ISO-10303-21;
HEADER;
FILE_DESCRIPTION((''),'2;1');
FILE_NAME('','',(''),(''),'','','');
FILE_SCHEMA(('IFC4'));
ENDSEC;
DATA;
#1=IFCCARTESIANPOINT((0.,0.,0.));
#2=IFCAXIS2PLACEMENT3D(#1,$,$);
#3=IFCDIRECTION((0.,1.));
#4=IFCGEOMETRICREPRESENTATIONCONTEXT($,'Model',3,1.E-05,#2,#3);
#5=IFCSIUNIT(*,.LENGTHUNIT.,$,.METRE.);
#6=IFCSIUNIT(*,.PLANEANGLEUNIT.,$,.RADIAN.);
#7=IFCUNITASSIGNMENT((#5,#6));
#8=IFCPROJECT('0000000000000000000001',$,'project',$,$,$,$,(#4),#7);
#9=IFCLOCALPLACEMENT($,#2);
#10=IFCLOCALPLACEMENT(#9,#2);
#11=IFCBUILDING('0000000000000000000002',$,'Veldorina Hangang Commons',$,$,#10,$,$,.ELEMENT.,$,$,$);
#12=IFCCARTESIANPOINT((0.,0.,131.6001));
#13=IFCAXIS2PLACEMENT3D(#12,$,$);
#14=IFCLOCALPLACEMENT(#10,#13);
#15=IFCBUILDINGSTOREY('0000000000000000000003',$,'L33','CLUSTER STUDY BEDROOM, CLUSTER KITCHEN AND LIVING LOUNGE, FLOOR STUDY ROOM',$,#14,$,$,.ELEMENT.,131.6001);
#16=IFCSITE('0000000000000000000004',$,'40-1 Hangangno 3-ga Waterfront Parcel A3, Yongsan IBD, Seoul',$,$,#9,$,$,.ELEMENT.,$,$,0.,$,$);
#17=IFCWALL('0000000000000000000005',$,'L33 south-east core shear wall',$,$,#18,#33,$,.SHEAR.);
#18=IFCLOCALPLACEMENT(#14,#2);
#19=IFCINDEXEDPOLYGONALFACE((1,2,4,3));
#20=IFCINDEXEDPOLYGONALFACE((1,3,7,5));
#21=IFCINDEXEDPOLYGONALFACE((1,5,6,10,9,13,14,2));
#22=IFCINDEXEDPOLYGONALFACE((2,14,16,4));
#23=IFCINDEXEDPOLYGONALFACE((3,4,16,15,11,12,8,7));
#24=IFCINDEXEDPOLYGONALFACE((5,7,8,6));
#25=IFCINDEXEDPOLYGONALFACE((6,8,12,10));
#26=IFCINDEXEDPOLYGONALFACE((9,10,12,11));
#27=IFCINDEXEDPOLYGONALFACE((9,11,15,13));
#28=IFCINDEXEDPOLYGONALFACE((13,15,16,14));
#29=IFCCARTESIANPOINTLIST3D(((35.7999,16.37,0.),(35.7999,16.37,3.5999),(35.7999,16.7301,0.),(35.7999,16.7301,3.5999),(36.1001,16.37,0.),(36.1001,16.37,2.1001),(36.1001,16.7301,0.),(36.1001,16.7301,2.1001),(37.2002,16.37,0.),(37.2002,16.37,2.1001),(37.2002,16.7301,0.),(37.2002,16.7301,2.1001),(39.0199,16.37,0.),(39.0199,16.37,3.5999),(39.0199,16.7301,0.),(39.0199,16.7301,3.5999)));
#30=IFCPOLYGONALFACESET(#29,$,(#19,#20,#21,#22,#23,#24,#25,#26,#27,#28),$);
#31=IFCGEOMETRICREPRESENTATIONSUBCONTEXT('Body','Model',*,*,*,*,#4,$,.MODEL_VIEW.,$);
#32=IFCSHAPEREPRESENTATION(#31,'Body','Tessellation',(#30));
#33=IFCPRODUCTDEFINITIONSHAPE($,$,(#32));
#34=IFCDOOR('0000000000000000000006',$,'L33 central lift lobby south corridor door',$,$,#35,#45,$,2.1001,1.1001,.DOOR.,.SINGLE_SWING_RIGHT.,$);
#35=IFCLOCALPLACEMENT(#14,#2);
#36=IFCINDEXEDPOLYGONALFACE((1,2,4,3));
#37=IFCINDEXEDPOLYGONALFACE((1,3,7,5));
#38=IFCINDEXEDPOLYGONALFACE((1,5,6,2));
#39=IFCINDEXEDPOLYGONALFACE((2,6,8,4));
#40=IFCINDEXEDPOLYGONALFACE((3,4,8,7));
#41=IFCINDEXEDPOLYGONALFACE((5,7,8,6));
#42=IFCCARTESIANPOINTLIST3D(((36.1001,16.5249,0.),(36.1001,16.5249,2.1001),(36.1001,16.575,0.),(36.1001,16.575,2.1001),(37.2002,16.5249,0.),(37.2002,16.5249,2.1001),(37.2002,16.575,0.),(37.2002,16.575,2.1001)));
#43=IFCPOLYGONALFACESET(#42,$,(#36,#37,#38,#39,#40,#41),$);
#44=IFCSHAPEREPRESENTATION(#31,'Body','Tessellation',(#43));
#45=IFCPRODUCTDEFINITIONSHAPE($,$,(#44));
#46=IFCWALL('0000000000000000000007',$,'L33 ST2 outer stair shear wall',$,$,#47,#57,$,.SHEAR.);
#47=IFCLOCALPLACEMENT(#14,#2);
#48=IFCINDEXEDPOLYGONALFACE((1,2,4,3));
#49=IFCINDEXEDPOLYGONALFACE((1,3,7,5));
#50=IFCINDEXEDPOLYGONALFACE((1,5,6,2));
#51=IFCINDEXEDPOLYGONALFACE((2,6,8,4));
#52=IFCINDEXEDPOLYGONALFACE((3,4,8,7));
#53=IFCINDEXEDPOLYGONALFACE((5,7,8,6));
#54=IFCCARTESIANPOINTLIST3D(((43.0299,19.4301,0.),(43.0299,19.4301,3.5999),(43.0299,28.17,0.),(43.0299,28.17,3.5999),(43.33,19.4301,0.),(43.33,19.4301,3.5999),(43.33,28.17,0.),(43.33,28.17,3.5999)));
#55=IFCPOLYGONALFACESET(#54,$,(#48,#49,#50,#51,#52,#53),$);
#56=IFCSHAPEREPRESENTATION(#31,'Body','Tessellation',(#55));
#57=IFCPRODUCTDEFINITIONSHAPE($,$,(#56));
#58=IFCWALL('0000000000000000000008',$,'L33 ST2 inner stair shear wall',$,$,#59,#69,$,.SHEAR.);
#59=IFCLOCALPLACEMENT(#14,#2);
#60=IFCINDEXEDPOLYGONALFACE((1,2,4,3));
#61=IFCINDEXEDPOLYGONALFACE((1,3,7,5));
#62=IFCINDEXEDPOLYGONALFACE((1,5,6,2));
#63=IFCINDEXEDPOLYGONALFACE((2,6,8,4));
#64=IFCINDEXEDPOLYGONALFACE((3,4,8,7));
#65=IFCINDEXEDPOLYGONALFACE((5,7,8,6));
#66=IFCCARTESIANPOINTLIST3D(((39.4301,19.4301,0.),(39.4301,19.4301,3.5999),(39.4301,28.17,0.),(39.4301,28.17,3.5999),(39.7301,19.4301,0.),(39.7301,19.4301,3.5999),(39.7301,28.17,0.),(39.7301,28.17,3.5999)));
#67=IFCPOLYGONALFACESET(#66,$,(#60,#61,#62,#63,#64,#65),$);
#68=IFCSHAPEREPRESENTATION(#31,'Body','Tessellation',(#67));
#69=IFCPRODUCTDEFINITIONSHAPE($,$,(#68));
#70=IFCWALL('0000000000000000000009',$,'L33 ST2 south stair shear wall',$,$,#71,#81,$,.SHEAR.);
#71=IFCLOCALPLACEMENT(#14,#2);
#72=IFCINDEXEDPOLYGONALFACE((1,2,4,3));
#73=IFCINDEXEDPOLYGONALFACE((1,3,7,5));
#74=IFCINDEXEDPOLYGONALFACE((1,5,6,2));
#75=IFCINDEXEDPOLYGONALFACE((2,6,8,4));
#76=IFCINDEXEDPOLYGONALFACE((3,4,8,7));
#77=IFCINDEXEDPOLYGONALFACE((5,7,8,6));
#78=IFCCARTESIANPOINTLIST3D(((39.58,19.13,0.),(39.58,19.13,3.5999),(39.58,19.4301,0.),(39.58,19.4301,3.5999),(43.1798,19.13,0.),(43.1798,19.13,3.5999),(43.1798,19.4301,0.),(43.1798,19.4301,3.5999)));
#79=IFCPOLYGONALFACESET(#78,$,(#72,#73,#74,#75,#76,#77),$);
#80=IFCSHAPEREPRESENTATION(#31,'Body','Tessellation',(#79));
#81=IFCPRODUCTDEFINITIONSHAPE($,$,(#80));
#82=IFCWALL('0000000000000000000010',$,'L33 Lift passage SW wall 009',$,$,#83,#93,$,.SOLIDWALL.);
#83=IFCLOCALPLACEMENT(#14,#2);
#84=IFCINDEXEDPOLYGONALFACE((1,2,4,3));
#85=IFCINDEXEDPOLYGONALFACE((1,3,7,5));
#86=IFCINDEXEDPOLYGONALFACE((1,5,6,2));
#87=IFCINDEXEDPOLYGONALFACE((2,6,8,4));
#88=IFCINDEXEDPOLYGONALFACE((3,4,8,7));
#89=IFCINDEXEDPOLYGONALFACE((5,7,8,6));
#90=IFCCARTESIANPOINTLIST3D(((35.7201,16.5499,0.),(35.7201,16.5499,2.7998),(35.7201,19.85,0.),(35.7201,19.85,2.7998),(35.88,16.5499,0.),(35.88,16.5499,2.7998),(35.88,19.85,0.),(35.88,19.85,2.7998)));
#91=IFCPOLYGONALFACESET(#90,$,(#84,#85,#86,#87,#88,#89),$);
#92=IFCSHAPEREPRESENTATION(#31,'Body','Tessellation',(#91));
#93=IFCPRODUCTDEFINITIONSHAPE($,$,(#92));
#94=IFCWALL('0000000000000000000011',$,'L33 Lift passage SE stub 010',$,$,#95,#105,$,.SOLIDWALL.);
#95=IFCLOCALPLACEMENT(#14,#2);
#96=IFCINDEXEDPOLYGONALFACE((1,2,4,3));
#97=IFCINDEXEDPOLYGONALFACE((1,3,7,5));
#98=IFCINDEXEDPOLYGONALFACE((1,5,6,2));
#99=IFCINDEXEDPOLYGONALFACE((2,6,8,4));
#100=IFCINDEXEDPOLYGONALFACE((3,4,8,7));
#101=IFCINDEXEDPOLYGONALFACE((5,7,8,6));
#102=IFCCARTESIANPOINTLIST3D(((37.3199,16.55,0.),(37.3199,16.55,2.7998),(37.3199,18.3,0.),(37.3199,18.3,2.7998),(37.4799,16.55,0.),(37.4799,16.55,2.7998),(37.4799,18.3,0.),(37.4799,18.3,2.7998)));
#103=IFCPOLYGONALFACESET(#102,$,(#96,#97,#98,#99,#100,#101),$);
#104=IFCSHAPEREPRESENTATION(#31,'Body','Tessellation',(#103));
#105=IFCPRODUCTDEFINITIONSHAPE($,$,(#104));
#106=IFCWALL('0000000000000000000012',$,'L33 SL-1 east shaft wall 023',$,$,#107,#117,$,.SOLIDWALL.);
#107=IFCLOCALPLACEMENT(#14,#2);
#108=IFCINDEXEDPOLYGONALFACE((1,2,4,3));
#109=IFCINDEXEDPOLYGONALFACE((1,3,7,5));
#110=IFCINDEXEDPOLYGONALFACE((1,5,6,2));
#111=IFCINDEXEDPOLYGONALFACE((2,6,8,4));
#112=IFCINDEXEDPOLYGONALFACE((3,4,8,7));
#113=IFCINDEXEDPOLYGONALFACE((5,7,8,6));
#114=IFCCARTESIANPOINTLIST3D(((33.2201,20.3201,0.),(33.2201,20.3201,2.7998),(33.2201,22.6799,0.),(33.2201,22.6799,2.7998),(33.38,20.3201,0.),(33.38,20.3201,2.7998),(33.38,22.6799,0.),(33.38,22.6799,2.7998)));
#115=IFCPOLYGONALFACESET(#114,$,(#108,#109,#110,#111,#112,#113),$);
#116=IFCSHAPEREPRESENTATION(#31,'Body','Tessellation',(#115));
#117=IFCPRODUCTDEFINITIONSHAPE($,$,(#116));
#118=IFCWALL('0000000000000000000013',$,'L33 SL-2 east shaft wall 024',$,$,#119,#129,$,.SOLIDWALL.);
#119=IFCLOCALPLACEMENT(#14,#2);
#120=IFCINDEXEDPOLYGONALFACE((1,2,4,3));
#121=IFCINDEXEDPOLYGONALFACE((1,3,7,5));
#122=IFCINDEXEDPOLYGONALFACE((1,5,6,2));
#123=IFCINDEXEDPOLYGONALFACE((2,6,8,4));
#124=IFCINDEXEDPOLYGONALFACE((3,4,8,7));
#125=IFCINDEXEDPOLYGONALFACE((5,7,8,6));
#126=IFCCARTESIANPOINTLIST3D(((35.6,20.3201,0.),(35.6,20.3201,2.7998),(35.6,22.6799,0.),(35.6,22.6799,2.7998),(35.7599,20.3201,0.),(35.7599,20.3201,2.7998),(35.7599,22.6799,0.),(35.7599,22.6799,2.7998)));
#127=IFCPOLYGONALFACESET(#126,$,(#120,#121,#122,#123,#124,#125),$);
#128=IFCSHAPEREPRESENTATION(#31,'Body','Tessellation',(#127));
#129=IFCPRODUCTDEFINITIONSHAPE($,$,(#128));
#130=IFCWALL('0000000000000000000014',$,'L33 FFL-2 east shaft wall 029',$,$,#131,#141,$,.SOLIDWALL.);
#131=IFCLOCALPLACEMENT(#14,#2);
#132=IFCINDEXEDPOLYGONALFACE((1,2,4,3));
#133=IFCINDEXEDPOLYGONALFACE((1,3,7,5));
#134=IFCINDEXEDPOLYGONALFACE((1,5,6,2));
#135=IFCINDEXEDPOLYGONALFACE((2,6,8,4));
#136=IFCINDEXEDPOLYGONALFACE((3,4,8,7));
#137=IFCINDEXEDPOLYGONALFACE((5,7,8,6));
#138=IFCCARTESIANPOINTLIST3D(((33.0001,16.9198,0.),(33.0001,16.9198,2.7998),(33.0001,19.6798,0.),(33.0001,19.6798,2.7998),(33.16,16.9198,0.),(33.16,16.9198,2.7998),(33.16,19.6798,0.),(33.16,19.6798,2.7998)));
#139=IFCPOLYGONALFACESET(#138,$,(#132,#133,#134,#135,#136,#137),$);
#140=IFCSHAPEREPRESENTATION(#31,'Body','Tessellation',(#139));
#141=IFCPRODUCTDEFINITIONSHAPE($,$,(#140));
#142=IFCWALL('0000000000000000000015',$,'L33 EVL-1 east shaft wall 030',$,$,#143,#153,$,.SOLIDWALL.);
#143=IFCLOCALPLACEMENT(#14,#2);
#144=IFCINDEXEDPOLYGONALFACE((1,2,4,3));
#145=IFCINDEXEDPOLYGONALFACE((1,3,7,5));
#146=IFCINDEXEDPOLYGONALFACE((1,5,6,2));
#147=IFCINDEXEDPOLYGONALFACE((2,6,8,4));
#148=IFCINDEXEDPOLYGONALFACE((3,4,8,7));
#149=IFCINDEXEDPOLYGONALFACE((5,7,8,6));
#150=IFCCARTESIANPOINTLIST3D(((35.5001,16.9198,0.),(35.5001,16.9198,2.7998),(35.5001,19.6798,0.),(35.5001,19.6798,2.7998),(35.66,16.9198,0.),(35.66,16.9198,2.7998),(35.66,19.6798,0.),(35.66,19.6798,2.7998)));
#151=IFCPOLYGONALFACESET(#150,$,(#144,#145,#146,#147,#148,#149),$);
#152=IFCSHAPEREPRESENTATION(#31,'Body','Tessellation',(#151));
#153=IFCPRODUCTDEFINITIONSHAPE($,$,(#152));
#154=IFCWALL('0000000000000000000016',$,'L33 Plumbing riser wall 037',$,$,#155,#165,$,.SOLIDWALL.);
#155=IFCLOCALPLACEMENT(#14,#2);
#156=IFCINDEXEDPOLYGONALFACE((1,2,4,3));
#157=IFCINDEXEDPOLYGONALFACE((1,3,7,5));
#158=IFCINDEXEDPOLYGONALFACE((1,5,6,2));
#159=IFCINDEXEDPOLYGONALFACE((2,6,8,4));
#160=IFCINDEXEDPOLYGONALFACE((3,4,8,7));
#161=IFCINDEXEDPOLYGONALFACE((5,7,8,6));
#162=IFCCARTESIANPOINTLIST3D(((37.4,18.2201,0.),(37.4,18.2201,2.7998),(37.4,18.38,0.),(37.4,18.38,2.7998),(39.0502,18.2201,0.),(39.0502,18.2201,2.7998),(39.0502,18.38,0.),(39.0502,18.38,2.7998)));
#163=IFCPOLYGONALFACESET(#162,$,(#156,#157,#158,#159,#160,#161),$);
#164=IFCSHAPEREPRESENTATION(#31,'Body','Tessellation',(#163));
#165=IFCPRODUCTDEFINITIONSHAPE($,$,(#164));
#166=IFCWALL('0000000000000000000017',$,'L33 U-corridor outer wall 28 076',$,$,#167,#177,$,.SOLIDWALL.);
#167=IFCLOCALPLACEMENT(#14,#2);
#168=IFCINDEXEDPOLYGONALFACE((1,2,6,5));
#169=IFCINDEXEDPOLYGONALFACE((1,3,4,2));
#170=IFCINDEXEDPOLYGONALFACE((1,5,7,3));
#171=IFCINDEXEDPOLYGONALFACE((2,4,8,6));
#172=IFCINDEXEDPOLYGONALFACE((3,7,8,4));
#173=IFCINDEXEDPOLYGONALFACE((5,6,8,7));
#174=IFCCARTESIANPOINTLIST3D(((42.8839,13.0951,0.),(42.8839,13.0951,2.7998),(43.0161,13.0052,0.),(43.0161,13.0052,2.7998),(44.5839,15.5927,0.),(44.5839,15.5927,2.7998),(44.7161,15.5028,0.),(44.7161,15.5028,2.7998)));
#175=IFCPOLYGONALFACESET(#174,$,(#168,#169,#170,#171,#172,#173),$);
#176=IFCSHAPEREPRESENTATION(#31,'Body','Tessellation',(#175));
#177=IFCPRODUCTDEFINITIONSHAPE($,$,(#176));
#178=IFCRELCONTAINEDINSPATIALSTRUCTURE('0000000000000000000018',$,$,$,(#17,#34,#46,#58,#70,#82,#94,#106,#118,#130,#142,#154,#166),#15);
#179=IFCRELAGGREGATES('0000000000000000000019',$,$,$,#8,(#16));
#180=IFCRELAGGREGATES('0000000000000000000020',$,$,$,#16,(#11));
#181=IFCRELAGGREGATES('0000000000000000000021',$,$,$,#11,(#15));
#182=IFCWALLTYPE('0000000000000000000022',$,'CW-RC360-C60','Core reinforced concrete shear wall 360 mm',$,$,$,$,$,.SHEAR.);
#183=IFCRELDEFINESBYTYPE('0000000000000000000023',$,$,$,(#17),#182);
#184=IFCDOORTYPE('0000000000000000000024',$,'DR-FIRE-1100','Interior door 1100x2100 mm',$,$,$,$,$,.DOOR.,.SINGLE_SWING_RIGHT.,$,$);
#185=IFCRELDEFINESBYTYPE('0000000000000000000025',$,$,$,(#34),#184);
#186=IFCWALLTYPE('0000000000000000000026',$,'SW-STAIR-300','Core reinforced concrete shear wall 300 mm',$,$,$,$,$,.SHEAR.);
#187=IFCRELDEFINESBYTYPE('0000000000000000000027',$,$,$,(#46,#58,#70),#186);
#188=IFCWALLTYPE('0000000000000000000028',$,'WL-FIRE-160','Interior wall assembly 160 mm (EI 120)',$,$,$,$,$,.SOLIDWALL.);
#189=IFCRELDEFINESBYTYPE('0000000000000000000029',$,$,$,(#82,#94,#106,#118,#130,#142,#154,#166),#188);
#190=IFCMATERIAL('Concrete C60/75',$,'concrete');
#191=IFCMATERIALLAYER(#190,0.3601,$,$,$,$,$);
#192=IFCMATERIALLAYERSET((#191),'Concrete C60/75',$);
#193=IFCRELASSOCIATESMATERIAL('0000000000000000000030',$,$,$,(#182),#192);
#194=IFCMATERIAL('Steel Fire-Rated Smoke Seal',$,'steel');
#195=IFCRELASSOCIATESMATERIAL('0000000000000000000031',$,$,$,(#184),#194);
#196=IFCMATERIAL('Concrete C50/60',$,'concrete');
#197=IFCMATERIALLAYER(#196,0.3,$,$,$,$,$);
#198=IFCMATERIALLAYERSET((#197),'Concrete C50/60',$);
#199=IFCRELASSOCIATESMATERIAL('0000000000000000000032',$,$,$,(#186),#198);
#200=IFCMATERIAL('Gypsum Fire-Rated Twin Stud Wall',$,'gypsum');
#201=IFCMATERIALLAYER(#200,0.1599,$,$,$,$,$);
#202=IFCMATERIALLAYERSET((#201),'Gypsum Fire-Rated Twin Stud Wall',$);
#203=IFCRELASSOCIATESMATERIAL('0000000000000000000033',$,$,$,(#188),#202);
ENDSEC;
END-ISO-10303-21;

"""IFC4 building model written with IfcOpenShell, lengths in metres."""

from ifc_helpers import new_model, si_unit, direction, frame, frame_2d, origin, place, context, subcontext, project, spatial, rectangle, extrude, material, layer, layer_set, type_object, element, fill, save


model = new_model("IFC4")

# Units and contexts
model_context = context("Model", 3, precision=1e-05, world=origin(), true_north=direction((0.0, 1.0)))
body_context = subcontext(model_context, "Body", "Model", "MODEL_VIEW")
ifc_project = project(units=[si_unit("LENGTHUNIT", "METRE"), si_unit("PLANEANGLEUNIT", "RADIAN")], contexts=[model_context])

# Site, building, storey
site_placement = place(None, origin())
site = spatial("IfcSite", under=ifc_project, at=site_placement, Name="40-1 Hangangno 3-ga Waterfront Parcel A3, Yongsan IBD, Seoul", CompositionType="ELEMENT", RefElevation=0.0)
building_placement = place(site_placement, origin())
building = spatial("IfcBuilding", under=site, at=building_placement, Name="Veldorina Hangang Commons", CompositionType="ELEMENT")
storey_placement = place(building_placement, frame((0.0, 0.0, 131.6001)))
storey = spatial("IfcBuildingStorey", under=building, at=storey_placement, Name="L33", Description="CLUSTER STUDY BEDROOM, CLUSTER KITCHEN AND LIVING LOUNGE, FLOOR STUDY ROOM", CompositionType="ELEMENT", Elevation=131.6001)

# Shared definitions
ifc_material_1 = material(Name="Concrete C60/75", Category="concrete")

# Shared definitions
ifc_layer_1 = layer(ifc_material_1, 0.3601)
ifc_layer_set_1 = layer_set([ifc_layer_1], Name="Concrete C60/75")
wall_type_1 = type_object("IfcWallType", Name="CW-RC360-C60", Description="Core reinforced concrete shear wall 360 mm", PredefinedType="SHEAR", material=ifc_layer_set_1)

# Wall, opening, door
wall_1_placement = place(storey_placement, frame((35.8, 16.55, 0.0), z_axis=(0.0, 0.0, 1.0), x_axis=(1.0, 0.0, 0.0)))
wall_1 = element("IfcWall", 1, at=wall_1_placement, inside=storey, type_object=wall_type_1, Name="L33 south-east core shear wall", PredefinedType="SHEAR", context=body_context, shape_type="SweptSolid", body=[
    extrude(rectangle(XDim=3.22, YDim=0.3601, at=frame_2d((1.6099, 0.0))), origin(), (0.0, 0.0, 1.0), 3.5999),
])
opening_1_placement = place(wall_1_placement, frame((0.3, 0.0, 0.0)))
opening_1 = element("IfcOpeningElement", 2, at=opening_1_placement, cuts=wall_1, PredefinedType="OPENING", context=body_context, shape_type="SweptSolid", body=[
    extrude(rectangle(XDim=1.1001, YDim=2.1001, at=frame_2d((0.55, 1.05))), frame((0.0, 0.1899, 0.0), z_axis=(0.0, -1.0, 0.0), x_axis=(1.0, 0.0, 0.0)), (0.0, 0.0, 1.0), 0.3801),
])
ifc_material_2 = material(Name="Steel Fire-Rated Smoke Seal", Category="steel")
door_type_1 = type_object("IfcDoorType", Name="DR-FIRE-1100", Description="Interior door 1100x2100 mm", OperationType="SINGLE_SWING_RIGHT", PredefinedType="DOOR", material=ifc_material_2)
door_1_placement = place(opening_1_placement, origin())
door_1 = element("IfcDoor", 3, at=door_1_placement, inside=storey, type_object=door_type_1, Name="L33 central lift lobby south corridor door", OperationType="SINGLE_SWING_RIGHT", OverallHeight=2.1001, OverallWidth=1.1001, PredefinedType="DOOR", context=body_context, shape_type="SweptSolid", body=[
    extrude(rectangle(XDim=1.1001, YDim=2.1001, at=frame_2d((0.55, 1.05))), frame((0.0, 0.0249, 0.0), z_axis=(0.0, -1.0, 0.0), x_axis=(1.0, 0.0, 0.0)), (0.0, 0.0, 1.0), 0.05),
])
fill(opening_1, door_1)

# Walls
ifc_material_3 = material(Name="Concrete C50/60", Category="concrete")
ifc_layer_2 = layer(ifc_material_3, 0.3)
ifc_layer_set_2 = layer_set([ifc_layer_2], Name="Concrete C50/60")
wall_type_2 = type_object("IfcWallType", Name="SW-STAIR-300", Description="Core reinforced concrete shear wall 300 mm", PredefinedType="SHEAR", material=ifc_layer_set_2)
for number, where, z_axis, x_axis, name in (
    (4, (43.1799, 19.4299, 0.0), (0.0, 0.0, 1.0), (0.0, 1.0, 0.0), "L33 ST2 outer stair shear wall"),
    (5, (39.5801, 19.4299, 0.0), (0.0, 0.0, 1.0), (0.0, 1.0, 0.0), "L33 ST2 inner stair shear wall"),
):
    element("IfcWall", number, at=place(storey_placement, frame(where, z_axis=z_axis, x_axis=x_axis)), inside=storey, type_object=wall_type_2, Name=name, PredefinedType="SHEAR", context=body_context, shape_type="SweptSolid", body=[
        extrude(rectangle(XDim=8.74, YDim=0.3, at=frame_2d((4.3701, 0.0))), origin(), (0.0, 0.0, 1.0), 3.5999),
    ])
wall_2_placement = place(storey_placement, frame((39.5801, 19.28, 0.0), z_axis=(0.0, 0.0, 1.0), x_axis=(1.0, 0.0, 0.0)))
element("IfcWall", 6, at=wall_2_placement, inside=storey, type_object=wall_type_2, Name="L33 ST2 south stair shear wall", PredefinedType="SHEAR", context=body_context, shape_type="SweptSolid", body=[
    extrude(rectangle(XDim=3.5999, YDim=0.3, at=frame_2d((1.7998, 0.0))), origin(), (0.0, 0.0, 1.0), 3.5999),
])
ifc_material_4 = material(Name="Gypsum Fire-Rated Twin Stud Wall", Category="gypsum")
ifc_layer_3 = layer(ifc_material_4, 0.1599)
ifc_layer_set_3 = layer_set([ifc_layer_3], Name="Gypsum Fire-Rated Twin Stud Wall")
wall_type_3 = type_object("IfcWallType", Name="WL-FIRE-160", Description="Interior wall assembly 160 mm (EI 120)", PredefinedType="SOLIDWALL", material=ifc_layer_set_3)
wall_3_placement = place(storey_placement, frame((35.8, 16.55, 0.0), z_axis=(0.0, 0.0, 1.0), x_axis=(0.0, 1.0, 0.0)))
element("IfcWall", 7, at=wall_3_placement, inside=storey, type_object=wall_type_3, Name="L33 Lift passage SW wall 009", PredefinedType="SOLIDWALL", context=body_context, shape_type="SweptSolid", body=[
    extrude(rectangle(XDim=3.3, YDim=0.1599, at=frame_2d((1.6499, 0.0))), origin(), (0.0, 0.0, 1.0), 2.7998),
])
wall_4_placement = place(storey_placement, frame((37.3999, 16.55, 0.0), z_axis=(0.0, 0.0, 1.0), x_axis=(0.0, 1.0, 0.0)))
element("IfcWall", 8, at=wall_4_placement, inside=storey, type_object=wall_type_3, Name="L33 Lift passage SE stub 010", PredefinedType="SOLIDWALL", context=body_context, shape_type="SweptSolid", body=[
    extrude(rectangle(XDim=1.75, YDim=0.1599, at=frame_2d((0.875, 0.0))), origin(), (0.0, 0.0, 1.0), 2.7998),
])
for number, where, z_axis, x_axis, name in (
    (9, (33.3, 20.3201, 0.0), (0.0, 0.0, 1.0), (0.0, 1.0, 0.0), "L33 SL-1 east shaft wall 023"),
    (10, (35.6799, 20.3201, 0.0), (0.0, 0.0, 1.0), (0.0, 1.0, 0.0), "L33 SL-2 east shaft wall 024"),
):
    element("IfcWall", number, at=place(storey_placement, frame(where, z_axis=z_axis, x_axis=x_axis)), inside=storey, type_object=wall_type_3, Name=name, PredefinedType="SOLIDWALL", context=body_context, shape_type="SweptSolid", body=[
        extrude(rectangle(XDim=2.3599, YDim=0.1599, at=frame_2d((1.1799, 0.0))), origin(), (0.0, 0.0, 1.0), 2.7998),
    ])
for number, where, z_axis, x_axis, name in (
    (11, (33.0801, 16.9199, 0.0), (0.0, 0.0, 1.0), (0.0, 1.0, 0.0), "L33 FFL-2 east shaft wall 029"),
    (12, (35.5801, 16.9199, 0.0), (0.0, 0.0, 1.0), (0.0, 1.0, 0.0), "L33 EVL-1 east shaft wall 030"),
):
    element("IfcWall", number, at=place(storey_placement, frame(where, z_axis=z_axis, x_axis=x_axis)), inside=storey, type_object=wall_type_3, Name=name, PredefinedType="SOLIDWALL", context=body_context, shape_type="SweptSolid", body=[
        extrude(rectangle(XDim=2.76, YDim=0.1599, at=frame_2d((1.3799, 0.0))), origin(), (0.0, 0.0, 1.0), 2.7998),
    ])
wall_5_placement = place(storey_placement, frame((37.3999, 18.3, 0.0), z_axis=(0.0, 0.0, 1.0), x_axis=(1.0, 0.0, 0.0)))
element("IfcWall", 13, at=wall_5_placement, inside=storey, type_object=wall_type_3, Name="L33 Plumbing riser wall 037", PredefinedType="SOLIDWALL", context=body_context, shape_type="SweptSolid", body=[
    extrude(rectangle(XDim=1.6501, YDim=0.1599, at=frame_2d((0.8252, 0.0))), origin(), (0.0, 0.0, 1.0), 2.7998),
])
wall_6_placement = place(storey_placement, frame((42.95, 13.05, 0.0), z_axis=(0.0, 0.0, 1.0), x_axis=(0.562675, 0.826678, 0.0)))
element("IfcWall", 14, at=wall_6_placement, inside=storey, type_object=wall_type_3, Name="L33 U-corridor outer wall 28 076", PredefinedType="SOLIDWALL", context=body_context, shape_type="SweptSolid", body=[
    extrude(rectangle(XDim=3.0212, YDim=0.1599, at=frame_2d((1.5107, 0.0))), origin(), (0.0, 0.0, 1.0), 2.7998),
])

save(model, "model.ifc")
